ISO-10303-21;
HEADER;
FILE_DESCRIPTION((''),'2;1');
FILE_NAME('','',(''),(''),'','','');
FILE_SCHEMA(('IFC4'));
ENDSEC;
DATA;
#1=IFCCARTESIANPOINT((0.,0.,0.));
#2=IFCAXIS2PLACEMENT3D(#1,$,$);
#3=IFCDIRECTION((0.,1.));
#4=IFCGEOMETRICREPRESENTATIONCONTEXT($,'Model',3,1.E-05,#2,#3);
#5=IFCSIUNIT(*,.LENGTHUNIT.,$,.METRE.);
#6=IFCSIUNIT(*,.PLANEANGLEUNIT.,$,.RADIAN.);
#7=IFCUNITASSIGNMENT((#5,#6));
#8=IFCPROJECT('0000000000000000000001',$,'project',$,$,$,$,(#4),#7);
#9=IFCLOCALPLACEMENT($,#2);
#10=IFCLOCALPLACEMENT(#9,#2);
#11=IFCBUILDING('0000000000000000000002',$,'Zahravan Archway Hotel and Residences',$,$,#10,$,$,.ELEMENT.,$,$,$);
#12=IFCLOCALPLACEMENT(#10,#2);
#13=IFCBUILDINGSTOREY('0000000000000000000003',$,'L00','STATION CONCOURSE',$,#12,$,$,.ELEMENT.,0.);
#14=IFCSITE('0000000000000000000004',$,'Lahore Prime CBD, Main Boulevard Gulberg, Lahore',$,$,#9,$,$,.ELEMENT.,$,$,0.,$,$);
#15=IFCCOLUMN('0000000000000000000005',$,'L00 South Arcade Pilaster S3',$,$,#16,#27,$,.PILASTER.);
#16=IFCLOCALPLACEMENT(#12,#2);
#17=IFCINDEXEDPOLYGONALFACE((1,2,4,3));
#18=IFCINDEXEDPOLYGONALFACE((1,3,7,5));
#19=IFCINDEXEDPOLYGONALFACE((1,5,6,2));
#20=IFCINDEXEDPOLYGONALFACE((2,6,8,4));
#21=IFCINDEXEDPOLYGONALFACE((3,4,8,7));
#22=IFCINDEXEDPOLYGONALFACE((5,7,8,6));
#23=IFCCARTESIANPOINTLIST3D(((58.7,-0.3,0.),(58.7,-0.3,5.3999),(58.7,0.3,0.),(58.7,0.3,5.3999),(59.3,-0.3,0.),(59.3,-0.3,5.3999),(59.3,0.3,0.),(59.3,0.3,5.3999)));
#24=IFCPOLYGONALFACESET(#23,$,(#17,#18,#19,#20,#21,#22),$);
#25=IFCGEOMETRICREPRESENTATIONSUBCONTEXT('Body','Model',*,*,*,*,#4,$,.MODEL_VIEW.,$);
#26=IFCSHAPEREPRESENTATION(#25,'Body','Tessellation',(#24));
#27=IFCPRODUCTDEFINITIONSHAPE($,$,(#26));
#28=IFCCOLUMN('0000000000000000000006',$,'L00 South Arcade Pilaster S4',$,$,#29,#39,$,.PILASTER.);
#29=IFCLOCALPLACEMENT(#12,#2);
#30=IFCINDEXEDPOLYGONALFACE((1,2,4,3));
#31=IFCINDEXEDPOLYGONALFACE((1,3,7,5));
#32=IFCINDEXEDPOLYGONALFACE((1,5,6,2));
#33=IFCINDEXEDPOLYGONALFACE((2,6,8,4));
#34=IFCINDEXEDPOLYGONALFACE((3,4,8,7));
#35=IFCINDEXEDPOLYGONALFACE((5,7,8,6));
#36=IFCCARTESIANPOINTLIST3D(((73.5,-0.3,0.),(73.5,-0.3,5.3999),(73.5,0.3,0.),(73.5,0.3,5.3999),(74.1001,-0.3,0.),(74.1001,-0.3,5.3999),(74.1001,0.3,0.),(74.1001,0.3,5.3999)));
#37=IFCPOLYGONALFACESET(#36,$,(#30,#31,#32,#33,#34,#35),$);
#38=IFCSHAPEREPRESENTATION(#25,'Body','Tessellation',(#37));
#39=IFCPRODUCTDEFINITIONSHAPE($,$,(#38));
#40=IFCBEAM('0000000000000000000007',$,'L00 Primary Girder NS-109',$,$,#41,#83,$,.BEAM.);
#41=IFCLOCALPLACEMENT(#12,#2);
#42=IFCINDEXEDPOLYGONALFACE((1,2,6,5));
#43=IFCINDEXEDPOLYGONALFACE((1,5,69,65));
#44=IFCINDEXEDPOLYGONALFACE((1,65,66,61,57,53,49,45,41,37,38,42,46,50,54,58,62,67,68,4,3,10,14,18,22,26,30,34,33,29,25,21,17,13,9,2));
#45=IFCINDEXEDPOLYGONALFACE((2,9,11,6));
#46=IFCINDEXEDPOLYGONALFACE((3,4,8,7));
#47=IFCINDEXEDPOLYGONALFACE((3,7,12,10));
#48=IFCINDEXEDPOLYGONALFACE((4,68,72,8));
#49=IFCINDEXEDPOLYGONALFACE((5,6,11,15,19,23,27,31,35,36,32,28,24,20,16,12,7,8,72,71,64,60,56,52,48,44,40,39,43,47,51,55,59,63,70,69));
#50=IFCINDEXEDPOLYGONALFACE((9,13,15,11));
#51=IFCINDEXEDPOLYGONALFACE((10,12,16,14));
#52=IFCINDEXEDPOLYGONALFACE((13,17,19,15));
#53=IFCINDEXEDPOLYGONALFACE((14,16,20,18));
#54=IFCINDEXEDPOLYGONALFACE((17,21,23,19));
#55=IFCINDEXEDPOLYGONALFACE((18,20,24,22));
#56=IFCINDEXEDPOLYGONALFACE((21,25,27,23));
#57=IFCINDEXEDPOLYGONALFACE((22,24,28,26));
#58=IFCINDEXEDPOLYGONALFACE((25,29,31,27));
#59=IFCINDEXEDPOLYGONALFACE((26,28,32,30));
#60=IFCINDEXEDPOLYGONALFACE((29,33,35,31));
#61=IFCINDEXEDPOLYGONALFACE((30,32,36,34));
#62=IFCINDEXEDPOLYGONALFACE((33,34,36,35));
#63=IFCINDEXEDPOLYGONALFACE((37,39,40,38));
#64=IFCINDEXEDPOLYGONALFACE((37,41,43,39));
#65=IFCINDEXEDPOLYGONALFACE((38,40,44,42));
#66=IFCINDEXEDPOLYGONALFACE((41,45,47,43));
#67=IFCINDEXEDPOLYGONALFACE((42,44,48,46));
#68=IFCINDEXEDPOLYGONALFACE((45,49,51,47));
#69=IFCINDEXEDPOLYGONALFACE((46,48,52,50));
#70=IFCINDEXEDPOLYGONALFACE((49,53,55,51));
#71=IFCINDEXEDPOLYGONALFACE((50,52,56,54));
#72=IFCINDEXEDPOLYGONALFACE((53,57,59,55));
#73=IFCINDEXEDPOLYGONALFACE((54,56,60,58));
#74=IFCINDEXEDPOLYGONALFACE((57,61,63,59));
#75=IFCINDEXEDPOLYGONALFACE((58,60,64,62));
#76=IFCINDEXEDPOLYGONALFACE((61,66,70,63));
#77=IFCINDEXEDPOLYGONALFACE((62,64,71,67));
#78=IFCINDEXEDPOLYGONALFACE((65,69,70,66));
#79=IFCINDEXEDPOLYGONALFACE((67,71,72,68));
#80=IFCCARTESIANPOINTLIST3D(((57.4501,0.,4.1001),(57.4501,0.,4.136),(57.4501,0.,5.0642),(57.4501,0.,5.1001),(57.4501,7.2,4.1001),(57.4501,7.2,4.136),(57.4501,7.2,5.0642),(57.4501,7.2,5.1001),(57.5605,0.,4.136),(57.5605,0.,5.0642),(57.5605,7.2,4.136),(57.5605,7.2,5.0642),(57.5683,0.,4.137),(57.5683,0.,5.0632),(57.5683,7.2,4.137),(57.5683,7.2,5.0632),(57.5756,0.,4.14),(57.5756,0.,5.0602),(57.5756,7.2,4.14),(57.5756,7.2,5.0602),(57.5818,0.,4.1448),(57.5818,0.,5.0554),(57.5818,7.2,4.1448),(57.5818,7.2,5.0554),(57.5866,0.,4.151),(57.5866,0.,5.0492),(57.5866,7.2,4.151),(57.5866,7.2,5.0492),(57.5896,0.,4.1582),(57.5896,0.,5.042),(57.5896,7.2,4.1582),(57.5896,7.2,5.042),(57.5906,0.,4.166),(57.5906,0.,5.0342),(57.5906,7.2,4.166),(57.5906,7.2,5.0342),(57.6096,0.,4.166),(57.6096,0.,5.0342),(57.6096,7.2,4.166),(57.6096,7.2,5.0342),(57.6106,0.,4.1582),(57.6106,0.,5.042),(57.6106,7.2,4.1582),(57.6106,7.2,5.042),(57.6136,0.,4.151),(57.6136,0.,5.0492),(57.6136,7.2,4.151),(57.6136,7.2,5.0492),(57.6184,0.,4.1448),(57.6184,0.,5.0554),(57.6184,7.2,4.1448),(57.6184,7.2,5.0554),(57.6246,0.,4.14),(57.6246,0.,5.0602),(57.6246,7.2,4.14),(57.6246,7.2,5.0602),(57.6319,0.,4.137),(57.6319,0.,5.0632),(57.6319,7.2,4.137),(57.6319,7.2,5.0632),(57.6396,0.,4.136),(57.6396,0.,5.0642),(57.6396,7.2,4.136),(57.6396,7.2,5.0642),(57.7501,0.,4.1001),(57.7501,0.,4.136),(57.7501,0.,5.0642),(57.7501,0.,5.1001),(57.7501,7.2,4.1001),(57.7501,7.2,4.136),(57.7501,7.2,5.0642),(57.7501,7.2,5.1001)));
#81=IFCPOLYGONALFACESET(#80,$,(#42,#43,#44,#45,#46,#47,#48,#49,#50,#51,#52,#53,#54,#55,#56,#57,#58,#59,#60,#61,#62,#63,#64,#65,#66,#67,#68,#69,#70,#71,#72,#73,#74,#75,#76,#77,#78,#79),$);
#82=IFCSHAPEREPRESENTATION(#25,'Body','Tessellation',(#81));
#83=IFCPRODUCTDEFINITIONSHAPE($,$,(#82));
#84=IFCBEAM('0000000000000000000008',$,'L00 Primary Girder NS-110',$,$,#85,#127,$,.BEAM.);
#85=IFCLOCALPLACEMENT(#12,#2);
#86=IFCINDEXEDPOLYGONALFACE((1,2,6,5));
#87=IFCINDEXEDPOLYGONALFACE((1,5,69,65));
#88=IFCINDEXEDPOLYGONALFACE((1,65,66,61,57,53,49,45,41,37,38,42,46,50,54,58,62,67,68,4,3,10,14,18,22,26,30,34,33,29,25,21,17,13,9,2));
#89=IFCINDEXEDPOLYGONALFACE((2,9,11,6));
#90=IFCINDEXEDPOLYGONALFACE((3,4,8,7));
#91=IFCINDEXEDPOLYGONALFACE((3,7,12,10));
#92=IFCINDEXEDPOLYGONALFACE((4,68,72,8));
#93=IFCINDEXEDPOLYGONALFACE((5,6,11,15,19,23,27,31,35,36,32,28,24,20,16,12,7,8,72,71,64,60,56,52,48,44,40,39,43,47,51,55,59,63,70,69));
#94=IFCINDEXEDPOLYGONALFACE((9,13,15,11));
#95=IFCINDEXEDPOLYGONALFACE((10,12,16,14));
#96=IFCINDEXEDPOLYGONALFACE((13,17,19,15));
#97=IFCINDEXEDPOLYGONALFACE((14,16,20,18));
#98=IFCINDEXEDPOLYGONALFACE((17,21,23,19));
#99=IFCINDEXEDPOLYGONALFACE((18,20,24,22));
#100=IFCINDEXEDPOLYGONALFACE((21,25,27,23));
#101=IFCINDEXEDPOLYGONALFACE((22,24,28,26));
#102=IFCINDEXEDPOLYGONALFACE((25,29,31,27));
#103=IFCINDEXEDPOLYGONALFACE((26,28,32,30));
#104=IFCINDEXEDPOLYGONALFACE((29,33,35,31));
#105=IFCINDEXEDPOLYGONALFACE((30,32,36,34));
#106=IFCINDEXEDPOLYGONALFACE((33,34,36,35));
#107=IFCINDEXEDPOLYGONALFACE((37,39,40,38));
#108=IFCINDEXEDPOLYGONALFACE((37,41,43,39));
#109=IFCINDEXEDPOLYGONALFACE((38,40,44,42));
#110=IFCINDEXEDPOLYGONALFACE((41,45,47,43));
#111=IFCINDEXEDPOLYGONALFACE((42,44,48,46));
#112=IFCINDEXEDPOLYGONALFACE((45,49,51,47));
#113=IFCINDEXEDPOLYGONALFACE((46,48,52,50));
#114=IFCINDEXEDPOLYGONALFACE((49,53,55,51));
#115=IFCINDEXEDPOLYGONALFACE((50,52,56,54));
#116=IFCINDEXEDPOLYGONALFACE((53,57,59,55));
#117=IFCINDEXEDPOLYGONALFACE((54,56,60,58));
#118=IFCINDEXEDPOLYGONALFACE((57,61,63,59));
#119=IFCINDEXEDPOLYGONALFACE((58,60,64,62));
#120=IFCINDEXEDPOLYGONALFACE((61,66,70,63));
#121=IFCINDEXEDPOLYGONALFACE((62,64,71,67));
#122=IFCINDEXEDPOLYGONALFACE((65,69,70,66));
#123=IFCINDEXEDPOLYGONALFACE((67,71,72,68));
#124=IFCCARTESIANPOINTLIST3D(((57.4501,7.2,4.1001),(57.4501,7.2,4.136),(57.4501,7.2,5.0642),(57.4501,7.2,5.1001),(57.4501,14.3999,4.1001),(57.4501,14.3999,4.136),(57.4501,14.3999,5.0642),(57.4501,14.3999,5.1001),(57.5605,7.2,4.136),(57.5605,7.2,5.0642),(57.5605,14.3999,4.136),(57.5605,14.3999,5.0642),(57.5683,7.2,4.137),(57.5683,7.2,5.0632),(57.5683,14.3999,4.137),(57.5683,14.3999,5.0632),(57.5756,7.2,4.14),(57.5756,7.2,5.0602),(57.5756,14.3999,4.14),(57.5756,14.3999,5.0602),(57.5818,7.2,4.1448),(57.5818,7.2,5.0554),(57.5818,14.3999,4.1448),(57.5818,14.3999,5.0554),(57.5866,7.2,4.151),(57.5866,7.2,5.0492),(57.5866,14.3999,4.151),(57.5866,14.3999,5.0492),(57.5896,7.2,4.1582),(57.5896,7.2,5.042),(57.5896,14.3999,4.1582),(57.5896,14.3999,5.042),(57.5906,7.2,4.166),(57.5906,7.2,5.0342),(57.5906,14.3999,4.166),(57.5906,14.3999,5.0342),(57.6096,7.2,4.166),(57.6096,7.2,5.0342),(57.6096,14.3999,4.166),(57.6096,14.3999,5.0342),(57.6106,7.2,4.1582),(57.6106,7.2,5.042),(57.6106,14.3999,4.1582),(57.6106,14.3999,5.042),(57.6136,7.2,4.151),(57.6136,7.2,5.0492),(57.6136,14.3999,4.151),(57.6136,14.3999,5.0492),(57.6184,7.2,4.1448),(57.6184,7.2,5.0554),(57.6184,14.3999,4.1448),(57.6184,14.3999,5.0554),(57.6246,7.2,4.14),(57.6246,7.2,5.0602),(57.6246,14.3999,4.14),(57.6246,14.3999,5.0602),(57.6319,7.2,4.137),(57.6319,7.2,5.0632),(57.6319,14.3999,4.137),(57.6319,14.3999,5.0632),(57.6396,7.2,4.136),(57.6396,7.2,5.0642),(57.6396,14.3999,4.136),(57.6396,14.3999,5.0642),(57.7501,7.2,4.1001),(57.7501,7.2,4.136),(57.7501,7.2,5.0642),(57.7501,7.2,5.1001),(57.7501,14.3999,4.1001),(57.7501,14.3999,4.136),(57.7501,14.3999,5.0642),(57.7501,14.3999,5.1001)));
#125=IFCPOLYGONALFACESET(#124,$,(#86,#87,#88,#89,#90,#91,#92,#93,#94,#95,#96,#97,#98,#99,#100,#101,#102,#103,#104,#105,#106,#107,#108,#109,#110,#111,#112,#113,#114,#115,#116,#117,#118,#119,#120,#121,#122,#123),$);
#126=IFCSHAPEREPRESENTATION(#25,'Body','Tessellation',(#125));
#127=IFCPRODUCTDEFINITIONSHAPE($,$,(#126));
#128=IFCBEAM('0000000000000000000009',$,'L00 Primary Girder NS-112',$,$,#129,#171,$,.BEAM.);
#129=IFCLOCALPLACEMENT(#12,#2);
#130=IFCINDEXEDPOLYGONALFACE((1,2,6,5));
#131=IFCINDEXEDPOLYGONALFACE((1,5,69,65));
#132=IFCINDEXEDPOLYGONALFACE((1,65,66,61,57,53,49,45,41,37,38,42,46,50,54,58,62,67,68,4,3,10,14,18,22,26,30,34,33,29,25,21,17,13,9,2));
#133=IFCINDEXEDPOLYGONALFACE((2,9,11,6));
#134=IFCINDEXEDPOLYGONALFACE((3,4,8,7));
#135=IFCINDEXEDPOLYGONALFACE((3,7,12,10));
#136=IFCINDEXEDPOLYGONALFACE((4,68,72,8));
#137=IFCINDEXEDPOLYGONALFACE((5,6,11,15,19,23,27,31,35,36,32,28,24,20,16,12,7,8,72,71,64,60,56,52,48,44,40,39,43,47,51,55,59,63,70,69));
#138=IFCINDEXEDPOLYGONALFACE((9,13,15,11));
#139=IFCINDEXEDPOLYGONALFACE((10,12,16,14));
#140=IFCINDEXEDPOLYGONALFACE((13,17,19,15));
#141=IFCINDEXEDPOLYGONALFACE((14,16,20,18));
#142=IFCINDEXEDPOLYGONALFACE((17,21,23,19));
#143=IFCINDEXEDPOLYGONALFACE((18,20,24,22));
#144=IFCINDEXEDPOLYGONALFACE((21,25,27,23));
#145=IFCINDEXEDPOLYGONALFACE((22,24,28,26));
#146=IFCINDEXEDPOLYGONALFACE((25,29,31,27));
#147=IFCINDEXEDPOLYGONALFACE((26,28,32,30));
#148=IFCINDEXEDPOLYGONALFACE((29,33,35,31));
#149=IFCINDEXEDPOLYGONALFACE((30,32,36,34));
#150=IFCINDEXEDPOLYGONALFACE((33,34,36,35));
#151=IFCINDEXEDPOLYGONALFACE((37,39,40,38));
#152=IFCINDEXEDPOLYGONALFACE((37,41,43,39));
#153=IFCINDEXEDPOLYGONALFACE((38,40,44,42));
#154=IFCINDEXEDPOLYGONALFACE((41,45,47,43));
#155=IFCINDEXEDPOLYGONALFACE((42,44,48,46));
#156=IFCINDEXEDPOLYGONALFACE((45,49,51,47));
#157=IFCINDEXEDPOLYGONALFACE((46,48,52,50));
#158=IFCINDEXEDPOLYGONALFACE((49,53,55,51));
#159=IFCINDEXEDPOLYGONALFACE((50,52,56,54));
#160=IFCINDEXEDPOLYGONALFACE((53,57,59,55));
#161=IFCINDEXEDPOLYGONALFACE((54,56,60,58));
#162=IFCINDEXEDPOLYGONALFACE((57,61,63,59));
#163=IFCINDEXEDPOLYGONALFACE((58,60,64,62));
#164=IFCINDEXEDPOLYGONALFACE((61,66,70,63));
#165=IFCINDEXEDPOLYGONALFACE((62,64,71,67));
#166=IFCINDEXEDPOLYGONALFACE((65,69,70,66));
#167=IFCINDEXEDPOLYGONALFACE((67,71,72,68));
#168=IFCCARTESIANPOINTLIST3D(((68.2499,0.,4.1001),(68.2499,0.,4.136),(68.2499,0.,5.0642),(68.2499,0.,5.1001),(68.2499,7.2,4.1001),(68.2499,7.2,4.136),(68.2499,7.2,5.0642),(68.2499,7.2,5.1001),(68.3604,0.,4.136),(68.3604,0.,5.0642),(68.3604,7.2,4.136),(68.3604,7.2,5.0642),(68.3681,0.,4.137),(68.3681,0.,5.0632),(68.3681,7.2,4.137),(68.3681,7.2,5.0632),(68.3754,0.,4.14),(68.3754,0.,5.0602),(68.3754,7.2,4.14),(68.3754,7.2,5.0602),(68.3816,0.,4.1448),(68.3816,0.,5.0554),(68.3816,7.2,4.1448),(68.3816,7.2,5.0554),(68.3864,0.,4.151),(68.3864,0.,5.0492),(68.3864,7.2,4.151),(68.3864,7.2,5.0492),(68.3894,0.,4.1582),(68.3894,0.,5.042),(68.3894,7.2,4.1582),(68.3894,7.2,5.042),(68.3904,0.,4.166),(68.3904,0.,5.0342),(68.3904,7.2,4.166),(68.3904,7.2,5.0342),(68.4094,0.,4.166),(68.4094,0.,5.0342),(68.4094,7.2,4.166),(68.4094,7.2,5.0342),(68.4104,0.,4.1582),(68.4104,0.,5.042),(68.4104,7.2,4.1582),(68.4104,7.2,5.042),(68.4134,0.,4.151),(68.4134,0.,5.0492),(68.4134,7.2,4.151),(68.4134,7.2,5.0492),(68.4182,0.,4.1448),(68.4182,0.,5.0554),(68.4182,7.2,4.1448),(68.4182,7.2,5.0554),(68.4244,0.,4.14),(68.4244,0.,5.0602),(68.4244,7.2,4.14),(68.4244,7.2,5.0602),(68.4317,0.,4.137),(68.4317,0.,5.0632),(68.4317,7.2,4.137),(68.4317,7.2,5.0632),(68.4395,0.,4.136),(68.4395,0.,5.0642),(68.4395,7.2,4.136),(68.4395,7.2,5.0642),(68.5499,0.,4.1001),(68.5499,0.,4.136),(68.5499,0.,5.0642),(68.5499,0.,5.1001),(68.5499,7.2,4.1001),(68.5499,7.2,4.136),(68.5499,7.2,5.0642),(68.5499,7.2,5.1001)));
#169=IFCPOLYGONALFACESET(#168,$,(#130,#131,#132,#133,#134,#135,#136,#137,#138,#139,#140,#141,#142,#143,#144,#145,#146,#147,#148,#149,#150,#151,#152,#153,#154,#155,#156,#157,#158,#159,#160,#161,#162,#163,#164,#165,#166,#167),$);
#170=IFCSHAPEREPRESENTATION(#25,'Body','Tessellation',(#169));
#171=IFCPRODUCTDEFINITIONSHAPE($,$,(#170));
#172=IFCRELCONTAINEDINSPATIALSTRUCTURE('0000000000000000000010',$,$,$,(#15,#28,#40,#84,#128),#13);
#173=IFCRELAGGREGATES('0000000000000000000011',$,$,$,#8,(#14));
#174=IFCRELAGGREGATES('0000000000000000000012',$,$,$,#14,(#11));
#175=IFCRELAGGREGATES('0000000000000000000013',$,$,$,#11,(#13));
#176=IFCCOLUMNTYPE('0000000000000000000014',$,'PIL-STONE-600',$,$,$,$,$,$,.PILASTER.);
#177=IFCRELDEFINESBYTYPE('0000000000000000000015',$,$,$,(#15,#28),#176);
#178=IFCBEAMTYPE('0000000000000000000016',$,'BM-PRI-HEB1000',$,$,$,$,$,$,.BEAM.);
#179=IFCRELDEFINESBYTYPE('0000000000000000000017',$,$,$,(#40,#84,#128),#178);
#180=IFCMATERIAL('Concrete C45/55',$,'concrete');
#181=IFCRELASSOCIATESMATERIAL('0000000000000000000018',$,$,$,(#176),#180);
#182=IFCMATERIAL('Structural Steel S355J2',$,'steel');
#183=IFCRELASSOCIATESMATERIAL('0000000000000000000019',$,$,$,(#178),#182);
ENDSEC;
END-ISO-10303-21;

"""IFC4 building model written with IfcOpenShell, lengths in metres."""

from ifc_helpers import new_model, si_unit, direction, frame, origin, origin_2d, place, context, subcontext, project, spatial, rectangle, i_section, extrude, source, transform, mapped, material, material_profile, profile_set, type_object, type_shapes, element, save


model = new_model("IFC4")

# Units and contexts
model_context = context("Model", 3, precision=1e-05, world=origin(), true_north=direction((0.0, 1.0)))
body_context = subcontext(model_context, "Body", "Model", "MODEL_VIEW")
ifc_project = project(units=[si_unit("LENGTHUNIT", "METRE"), si_unit("PLANEANGLEUNIT", "RADIAN")], contexts=[model_context])

# Site, building, storey
site_placement = place(None, origin())
site = spatial("IfcSite", under=ifc_project, at=site_placement, Name="Lahore Prime CBD, Main Boulevard Gulberg, Lahore", CompositionType="ELEMENT", RefElevation=0.0)
building_placement = place(site_placement, origin())
building = spatial("IfcBuilding", under=site, at=building_placement, Name="Zahravan Archway Hotel and Residences", CompositionType="ELEMENT")
storey_placement = place(building_placement, origin())
storey = spatial("IfcBuildingStorey", under=building, at=storey_placement, Name="L00", Description="STATION CONCOURSE", CompositionType="ELEMENT", Elevation=0.0)

# Columns
ifc_material_1 = material(Name="Concrete C45/55", Category="concrete")
ifc_material_profile_1 = material_profile(ifc_material_1, rectangle(XDim=0.6001, YDim=0.6001, at=origin_2d()), Name="RC 600x600", Category="concrete")
ifc_profile_set_1 = profile_set([ifc_material_profile_1], Name="Concrete C45/55")
column_type_1 = type_object("IfcColumnType", Name="PIL-STONE-600", PredefinedType="PILASTER", material=ifc_profile_set_1)
shared_shape_1 = source(origin(), body_context, "Body", "SweptSolid", [
    extrude(rectangle(XDim=0.6001, YDim=0.6001, at=origin_2d()), origin(), (0.0, 0.0, 1.0), 5.3999),
])
type_shapes(column_type_1, [shared_shape_1])
for number, where, z_axis, x_axis, name in (
    (1, (59.0, 0.0, 0.0), (0.0, 0.0, 1.0), (1.0, 0.0, 0.0), "L00 South Arcade Pilaster S3"),
    (2, (73.8, 0.0, 0.0), (0.0, 0.0, 1.0), (1.0, 0.0, 0.0), "L00 South Arcade Pilaster S4"),
):
    element("IfcColumn", number, at=place(storey_placement, frame(where, z_axis=z_axis, x_axis=x_axis)), inside=storey, type_object=column_type_1, Name=name, PredefinedType="PILASTER", context=body_context, shape_type="MappedRepresentation", body=[
        mapped(shared_shape_1, transform((0.0, 0.0, 0.0), scale=1.0)),
    ])

# Beams
ifc_material_2 = material(Name="Structural Steel S355J2", Category="steel")
ifc_material_profile_2 = material_profile(ifc_material_2, i_section(OverallWidth=0.3, OverallDepth=1.0, WebThickness=0.019, FlangeThickness=0.0359, FilletRadius=0.03, at=origin_2d()), Name="HEB 1000", Category="steel")
ifc_profile_set_2 = profile_set([ifc_material_profile_2], Name="Structural Steel S355J2")
beam_type_1 = type_object("IfcBeamType", Name="BM-PRI-HEB1000", PredefinedType="BEAM", material=ifc_profile_set_2)
shared_shape_2 = source(origin(), body_context, "Body", "SweptSolid", [
    extrude(i_section(OverallWidth=0.3, OverallDepth=1.0, WebThickness=0.019, FlangeThickness=0.0359, FilletRadius=0.03, at=origin_2d()), origin(), (0.0, 0.0, 1.0), 7.2),
])
for number, where, z_axis, x_axis, name in (
    (3, (57.6001, 0.0, 4.6001), (0.0, 1.0, 0.0), (-1.0, 0.0, 0.0), "L00 Primary Girder NS-109"),
    (4, (57.6001, 7.2, 4.6001), (0.0, 1.0, 0.0), (-1.0, 0.0, 0.0), "L00 Primary Girder NS-110"),
    (5, (68.3999, 0.0, 4.6001), (0.0, 1.0, 0.0), (-1.0, 0.0, 0.0), "L00 Primary Girder NS-112"),
):
    element("IfcBeam", number, at=place(storey_placement, frame(where, z_axis=z_axis, x_axis=x_axis)), inside=storey, type_object=beam_type_1, Name=name, PredefinedType="BEAM", context=body_context, shape_type="MappedRepresentation", body=[
        mapped(shared_shape_2, transform((0.0, 0.0, 0.0), scale=1.0)),
    ])

save(model, "model.ifc")
